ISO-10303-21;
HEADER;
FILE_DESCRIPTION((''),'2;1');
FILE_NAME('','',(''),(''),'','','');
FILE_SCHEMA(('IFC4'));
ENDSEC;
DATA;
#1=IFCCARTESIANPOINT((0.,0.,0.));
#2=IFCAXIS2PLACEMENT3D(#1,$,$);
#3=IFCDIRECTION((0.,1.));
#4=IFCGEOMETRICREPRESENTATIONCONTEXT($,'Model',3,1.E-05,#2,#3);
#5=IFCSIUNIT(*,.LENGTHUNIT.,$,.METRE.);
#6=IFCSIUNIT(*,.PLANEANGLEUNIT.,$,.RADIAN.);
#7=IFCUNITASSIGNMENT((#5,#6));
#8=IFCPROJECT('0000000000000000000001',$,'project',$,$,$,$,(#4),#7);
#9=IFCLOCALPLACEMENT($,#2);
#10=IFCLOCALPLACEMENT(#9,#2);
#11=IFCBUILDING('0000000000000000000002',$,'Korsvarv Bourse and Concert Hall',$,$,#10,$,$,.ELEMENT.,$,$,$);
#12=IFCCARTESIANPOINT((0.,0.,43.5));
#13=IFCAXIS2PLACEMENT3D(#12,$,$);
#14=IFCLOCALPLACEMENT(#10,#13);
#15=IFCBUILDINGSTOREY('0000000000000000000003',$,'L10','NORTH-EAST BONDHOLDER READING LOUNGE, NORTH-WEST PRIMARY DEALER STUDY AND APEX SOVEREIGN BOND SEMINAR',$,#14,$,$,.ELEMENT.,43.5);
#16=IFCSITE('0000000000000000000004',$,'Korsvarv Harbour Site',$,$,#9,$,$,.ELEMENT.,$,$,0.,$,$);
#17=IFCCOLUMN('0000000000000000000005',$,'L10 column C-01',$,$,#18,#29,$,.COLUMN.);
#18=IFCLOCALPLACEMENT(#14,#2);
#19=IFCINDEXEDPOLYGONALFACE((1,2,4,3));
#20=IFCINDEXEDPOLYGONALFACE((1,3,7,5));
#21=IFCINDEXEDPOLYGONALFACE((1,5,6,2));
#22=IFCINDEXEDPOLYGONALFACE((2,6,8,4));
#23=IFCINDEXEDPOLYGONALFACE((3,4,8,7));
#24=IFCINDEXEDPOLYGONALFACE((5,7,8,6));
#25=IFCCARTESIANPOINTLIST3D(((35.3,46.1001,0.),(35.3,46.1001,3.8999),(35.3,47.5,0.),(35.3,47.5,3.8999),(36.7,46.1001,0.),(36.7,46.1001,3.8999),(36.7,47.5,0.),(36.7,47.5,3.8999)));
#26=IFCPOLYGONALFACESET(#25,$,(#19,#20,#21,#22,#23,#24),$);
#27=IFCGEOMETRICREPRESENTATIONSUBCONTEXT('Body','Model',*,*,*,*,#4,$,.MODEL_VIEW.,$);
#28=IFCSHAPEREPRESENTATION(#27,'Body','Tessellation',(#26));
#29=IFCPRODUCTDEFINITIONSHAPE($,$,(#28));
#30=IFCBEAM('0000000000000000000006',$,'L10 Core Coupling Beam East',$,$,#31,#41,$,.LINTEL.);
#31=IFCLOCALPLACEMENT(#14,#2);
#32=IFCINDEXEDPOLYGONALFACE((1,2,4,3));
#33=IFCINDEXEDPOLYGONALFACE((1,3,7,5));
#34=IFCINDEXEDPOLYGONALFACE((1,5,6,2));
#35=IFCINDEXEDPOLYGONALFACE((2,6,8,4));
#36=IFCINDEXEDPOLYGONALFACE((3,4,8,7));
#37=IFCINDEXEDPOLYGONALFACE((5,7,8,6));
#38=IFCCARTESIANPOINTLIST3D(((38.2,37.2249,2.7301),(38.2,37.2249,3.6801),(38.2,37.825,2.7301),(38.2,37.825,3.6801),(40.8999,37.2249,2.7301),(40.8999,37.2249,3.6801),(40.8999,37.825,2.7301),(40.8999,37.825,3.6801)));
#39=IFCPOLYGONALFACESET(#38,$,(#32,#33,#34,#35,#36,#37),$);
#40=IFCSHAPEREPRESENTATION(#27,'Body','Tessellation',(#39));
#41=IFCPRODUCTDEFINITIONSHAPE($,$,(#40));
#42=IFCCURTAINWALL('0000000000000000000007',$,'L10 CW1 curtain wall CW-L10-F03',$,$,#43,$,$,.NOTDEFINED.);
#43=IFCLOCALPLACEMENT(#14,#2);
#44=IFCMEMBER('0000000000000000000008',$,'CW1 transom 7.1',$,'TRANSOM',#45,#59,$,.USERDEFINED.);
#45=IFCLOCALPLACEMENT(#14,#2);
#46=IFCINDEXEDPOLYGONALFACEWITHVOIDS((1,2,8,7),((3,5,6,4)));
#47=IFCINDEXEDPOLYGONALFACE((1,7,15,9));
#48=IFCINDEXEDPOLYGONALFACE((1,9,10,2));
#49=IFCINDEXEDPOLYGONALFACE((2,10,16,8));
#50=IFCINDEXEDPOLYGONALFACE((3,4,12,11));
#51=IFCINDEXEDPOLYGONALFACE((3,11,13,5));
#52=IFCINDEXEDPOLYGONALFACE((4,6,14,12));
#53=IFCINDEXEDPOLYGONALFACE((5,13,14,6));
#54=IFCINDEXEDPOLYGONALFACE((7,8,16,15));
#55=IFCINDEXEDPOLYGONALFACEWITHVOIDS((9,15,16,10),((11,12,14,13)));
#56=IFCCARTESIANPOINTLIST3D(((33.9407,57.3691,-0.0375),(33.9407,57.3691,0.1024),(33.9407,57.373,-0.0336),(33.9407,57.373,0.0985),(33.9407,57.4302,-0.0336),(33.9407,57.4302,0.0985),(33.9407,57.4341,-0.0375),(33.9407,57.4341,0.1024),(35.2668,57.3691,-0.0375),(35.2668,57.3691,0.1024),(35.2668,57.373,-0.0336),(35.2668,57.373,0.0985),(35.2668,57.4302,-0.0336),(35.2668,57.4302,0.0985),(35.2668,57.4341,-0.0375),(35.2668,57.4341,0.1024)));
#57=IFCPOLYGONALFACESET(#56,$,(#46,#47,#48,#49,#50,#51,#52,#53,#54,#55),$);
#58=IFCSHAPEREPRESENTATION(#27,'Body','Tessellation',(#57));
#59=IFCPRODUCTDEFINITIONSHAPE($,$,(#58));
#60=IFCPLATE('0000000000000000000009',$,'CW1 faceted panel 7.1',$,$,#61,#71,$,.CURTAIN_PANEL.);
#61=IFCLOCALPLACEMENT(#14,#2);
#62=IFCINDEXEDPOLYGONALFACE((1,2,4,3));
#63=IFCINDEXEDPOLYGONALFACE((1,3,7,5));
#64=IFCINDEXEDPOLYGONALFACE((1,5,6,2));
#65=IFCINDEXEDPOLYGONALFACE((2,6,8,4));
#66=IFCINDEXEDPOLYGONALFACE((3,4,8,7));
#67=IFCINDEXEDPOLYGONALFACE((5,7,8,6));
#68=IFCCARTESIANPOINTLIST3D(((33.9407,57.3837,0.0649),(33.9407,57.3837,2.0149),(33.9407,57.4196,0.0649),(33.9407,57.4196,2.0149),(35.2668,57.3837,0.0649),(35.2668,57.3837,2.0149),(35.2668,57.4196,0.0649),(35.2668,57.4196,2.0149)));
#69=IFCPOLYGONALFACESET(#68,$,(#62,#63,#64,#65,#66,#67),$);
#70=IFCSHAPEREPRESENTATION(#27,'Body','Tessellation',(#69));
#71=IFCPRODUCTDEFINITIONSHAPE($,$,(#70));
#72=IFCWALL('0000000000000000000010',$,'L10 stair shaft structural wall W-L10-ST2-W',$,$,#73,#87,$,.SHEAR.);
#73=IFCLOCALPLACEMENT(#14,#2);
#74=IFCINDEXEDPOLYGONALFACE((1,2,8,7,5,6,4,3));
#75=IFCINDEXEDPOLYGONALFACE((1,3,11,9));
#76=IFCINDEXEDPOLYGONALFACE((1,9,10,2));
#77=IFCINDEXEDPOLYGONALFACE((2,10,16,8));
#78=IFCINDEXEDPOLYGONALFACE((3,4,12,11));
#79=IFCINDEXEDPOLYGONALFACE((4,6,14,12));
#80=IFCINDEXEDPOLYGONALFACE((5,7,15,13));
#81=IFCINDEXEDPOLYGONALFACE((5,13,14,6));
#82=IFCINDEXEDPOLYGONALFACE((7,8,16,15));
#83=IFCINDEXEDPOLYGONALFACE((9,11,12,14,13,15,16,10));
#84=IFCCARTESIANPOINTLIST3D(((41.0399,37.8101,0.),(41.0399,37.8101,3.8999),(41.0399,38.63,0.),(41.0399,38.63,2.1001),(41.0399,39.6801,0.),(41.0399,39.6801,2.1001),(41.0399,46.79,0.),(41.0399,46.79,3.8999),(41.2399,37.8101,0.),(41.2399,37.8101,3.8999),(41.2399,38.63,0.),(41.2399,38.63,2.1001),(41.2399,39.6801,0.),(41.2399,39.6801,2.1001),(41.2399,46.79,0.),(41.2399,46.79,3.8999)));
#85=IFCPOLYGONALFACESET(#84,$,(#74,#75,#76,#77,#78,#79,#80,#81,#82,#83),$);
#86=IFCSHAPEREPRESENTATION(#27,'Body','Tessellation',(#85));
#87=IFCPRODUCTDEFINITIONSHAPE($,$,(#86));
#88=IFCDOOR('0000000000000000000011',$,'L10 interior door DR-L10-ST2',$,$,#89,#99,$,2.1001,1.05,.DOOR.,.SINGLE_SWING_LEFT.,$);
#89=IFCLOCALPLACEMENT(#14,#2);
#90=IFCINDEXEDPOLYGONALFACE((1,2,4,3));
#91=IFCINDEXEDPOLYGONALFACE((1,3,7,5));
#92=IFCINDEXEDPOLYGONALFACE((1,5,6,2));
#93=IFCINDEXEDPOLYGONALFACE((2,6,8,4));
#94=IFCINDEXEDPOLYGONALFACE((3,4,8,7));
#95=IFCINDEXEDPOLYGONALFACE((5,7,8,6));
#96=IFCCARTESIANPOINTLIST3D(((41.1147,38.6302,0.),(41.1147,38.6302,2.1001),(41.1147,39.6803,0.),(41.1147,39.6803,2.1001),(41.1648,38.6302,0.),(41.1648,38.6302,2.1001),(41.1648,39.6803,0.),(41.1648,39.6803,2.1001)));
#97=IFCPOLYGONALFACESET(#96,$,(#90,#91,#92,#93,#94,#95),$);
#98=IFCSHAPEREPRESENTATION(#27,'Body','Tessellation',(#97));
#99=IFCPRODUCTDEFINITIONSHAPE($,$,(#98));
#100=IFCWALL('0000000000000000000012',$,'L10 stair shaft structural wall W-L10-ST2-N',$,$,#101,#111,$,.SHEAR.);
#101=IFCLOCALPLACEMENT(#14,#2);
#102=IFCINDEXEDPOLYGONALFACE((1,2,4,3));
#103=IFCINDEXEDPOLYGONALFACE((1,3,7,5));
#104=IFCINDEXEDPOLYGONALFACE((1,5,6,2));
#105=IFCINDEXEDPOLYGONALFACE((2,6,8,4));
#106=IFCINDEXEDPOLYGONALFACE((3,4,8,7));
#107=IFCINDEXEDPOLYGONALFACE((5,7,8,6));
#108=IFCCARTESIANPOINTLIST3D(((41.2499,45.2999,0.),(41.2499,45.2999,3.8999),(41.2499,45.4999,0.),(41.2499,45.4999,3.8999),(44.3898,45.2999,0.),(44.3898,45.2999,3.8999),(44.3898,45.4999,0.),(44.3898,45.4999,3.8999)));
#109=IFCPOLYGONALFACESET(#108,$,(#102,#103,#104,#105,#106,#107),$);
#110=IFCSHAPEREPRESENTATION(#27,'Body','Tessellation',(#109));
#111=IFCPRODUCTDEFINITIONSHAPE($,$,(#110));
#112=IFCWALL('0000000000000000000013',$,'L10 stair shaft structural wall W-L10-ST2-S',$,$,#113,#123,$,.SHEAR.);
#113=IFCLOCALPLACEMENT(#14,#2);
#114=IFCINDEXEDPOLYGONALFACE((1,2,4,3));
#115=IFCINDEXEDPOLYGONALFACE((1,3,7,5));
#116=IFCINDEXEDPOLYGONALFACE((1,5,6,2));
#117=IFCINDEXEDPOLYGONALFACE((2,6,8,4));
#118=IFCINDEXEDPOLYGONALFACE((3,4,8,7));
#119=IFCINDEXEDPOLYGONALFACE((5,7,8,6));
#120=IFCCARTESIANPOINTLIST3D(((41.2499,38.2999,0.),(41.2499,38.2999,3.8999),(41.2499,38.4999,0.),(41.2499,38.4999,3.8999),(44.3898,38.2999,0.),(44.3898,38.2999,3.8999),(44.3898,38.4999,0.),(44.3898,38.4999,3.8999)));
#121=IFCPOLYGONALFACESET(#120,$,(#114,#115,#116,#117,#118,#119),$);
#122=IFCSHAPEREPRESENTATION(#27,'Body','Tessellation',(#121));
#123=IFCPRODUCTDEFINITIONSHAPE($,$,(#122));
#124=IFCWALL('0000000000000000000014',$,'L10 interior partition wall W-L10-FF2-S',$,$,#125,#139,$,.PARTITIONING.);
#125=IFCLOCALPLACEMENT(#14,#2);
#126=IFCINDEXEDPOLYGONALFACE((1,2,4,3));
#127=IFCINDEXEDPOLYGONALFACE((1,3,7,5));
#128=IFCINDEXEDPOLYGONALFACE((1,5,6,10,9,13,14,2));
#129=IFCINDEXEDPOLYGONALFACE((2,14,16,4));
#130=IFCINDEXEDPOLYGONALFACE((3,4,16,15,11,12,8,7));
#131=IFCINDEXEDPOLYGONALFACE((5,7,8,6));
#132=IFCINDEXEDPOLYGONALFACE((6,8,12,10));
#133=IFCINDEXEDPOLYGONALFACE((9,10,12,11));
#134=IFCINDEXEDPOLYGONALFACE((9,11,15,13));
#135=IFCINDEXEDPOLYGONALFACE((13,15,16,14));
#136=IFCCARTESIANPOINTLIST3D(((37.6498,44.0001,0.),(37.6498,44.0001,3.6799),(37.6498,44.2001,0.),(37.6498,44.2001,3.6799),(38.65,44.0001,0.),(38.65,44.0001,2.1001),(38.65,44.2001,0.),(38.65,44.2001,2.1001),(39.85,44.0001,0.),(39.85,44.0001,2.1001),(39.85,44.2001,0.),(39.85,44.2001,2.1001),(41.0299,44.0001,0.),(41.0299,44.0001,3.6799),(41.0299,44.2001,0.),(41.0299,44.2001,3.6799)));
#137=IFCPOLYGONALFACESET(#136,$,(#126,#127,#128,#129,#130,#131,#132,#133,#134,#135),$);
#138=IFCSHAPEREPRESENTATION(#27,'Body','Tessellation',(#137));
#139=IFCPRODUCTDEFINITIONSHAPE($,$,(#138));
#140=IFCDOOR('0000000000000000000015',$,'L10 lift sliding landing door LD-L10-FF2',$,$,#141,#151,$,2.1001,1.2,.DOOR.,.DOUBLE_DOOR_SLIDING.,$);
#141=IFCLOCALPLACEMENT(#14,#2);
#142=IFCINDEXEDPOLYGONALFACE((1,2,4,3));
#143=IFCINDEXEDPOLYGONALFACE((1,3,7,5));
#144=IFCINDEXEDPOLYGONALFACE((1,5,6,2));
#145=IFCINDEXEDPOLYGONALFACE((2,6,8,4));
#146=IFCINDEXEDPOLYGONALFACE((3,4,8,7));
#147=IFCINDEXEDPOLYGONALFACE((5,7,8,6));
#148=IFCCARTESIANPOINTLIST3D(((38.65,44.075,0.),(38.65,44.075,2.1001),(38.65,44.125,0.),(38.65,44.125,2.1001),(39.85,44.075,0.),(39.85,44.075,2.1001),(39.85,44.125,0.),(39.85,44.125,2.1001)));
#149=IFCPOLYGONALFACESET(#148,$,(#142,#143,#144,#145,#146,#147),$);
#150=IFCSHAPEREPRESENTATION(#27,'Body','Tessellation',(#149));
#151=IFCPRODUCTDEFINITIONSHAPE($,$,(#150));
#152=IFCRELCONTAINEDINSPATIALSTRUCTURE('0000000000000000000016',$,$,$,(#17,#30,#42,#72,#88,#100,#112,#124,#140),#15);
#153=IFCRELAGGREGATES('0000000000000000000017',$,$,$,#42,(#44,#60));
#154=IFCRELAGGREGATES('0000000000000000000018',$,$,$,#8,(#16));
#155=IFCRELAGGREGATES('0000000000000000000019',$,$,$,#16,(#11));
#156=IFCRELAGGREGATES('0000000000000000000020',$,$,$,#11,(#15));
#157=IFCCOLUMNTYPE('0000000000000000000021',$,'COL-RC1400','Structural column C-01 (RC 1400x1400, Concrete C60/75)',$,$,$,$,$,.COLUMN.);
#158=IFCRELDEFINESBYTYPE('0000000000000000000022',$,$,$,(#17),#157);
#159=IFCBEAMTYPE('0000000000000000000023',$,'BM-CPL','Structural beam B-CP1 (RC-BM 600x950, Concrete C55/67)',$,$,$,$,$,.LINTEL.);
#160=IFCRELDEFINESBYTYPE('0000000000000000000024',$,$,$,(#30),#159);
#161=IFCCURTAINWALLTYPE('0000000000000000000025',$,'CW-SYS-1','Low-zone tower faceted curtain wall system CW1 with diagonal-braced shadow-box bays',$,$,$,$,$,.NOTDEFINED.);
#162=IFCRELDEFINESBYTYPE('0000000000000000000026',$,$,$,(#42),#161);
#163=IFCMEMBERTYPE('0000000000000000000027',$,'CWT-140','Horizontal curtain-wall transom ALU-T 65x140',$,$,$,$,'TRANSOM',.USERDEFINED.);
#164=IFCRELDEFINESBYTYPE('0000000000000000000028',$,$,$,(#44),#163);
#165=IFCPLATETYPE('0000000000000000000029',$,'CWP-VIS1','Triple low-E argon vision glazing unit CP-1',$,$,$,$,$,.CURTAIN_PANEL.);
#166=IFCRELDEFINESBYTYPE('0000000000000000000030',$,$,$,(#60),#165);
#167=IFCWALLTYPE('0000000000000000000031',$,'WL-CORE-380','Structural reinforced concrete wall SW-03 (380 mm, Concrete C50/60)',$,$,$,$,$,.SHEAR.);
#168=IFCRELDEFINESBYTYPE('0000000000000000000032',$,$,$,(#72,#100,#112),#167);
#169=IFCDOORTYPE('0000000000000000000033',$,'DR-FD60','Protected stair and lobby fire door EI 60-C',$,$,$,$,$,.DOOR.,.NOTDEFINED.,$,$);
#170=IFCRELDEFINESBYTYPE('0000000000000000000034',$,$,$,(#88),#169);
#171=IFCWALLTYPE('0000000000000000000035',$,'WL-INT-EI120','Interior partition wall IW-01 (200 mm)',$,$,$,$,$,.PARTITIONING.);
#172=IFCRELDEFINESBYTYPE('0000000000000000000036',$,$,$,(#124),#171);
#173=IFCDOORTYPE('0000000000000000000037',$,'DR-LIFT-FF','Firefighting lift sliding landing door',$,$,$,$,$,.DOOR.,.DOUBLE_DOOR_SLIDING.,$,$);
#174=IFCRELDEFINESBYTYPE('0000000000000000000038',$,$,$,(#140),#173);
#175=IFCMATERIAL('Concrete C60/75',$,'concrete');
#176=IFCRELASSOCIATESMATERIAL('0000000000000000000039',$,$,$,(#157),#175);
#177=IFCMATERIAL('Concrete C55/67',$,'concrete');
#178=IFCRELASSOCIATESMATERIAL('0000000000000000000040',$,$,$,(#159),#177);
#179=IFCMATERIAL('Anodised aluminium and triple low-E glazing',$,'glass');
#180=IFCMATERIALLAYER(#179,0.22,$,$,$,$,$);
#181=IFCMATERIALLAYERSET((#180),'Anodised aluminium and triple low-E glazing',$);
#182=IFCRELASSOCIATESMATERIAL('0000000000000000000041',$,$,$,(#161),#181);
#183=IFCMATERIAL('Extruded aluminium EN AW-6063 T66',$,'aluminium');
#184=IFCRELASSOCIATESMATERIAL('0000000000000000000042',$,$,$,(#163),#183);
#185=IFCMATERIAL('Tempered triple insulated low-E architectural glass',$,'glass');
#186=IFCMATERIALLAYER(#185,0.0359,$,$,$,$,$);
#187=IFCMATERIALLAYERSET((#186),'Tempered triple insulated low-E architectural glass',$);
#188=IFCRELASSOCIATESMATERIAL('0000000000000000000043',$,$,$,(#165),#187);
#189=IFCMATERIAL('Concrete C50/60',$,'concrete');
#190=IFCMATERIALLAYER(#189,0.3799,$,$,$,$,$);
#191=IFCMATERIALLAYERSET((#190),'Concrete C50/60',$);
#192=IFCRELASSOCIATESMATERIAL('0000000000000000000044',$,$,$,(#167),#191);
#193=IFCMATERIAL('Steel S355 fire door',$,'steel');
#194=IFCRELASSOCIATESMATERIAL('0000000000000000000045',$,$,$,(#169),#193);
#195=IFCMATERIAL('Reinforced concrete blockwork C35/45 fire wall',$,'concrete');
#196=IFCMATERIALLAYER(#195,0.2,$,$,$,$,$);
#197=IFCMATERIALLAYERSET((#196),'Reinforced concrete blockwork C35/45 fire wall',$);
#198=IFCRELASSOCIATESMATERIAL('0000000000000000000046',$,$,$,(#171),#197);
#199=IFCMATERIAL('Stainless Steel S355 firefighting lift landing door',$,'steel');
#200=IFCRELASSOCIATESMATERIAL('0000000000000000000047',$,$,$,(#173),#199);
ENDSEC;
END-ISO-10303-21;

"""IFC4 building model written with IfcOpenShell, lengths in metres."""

from ifc_helpers import new_model, si_unit, direction, frame, frame_2d, origin, origin_2d, place, context, subcontext, project, spatial, rectangle, hollow_rectangle, extrude, source, transform, mapped, material, layer, layer_set, material_profile, profile_set, type_object, element, fill, aggregate, save


model = new_model("IFC4")

# Units and contexts
model_context = context("Model", 3, precision=1e-05, world=origin(), true_north=direction((0.0, 1.0)))
body_context = subcontext(model_context, "Body", "Model", "MODEL_VIEW")
ifc_project = project(units=[si_unit("LENGTHUNIT", "METRE"), si_unit("PLANEANGLEUNIT", "RADIAN")], contexts=[model_context])

# Site, building, storey
site_placement = place(None, origin())
site = spatial("IfcSite", under=ifc_project, at=site_placement, Name="Korsvarv Harbour Site", CompositionType="ELEMENT", RefElevation=0.0)
building_placement = place(site_placement, origin())
building = spatial("IfcBuilding", under=site, at=building_placement, Name="Korsvarv Bourse and Concert Hall", CompositionType="ELEMENT")
storey_placement = place(building_placement, frame((0.0, 0.0, 43.5)))
storey = spatial("IfcBuildingStorey", under=building, at=storey_placement, Name="L10", Description="NORTH-EAST BONDHOLDER READING LOUNGE, NORTH-WEST PRIMARY DEALER STUDY AND APEX SOVEREIGN BOND SEMINAR", CompositionType="ELEMENT", Elevation=43.5)

# Column
ifc_material_1 = material(Name="Concrete C60/75", Category="concrete")
ifc_material_profile_1 = material_profile(ifc_material_1, rectangle(XDim=1.3999, YDim=1.3999, at=origin_2d()), Name="RC 1400x1400")
ifc_profile_set_1 = profile_set([ifc_material_profile_1], Name="Concrete C60/75")
column_type = type_object("IfcColumnType", Name="COL-RC1400", Description="Structural column C-01 (RC 1400x1400, Concrete C60/75)", PredefinedType="COLUMN", material=ifc_profile_set_1)
shared_shape_1 = source(origin(), body_context, "Body", "SweptSolid", [
    extrude(rectangle(XDim=1.3999, YDim=1.3999, at=origin_2d()), origin(), (0.0, 0.0, 1.0), 3.8999),
])
column_placement = place(storey_placement, frame((36.0, 46.8, 0.0), z_axis=(0.0, 0.0, 1.0), x_axis=(1.0, 0.0, 0.0)))
element("IfcColumn", 1, at=column_placement, inside=storey, type_object=column_type, Name="L10 column C-01", PredefinedType="COLUMN", context=body_context, shape_type="MappedRepresentation", body=[
    mapped(shared_shape_1, transform((0.0, 0.0, 0.0), scale=1.0)),
])

# Beam
ifc_material_2 = material(Name="Concrete C55/67", Category="concrete")
ifc_material_profile_2 = material_profile(ifc_material_2, rectangle(XDim=0.6001, YDim=0.95, at=origin_2d()), Name="RC-BM 600x950")
ifc_profile_set_2 = profile_set([ifc_material_profile_2], Name="Concrete C55/67")
beam_type = type_object("IfcBeamType", Name="BM-CPL", Description="Structural beam B-CP1 (RC-BM 600x950, Concrete C55/67)", PredefinedType="LINTEL", material=ifc_profile_set_2)
shared_shape_2 = source(origin(), body_context, "Body", "SweptSolid", [
    extrude(rectangle(XDim=0.6001, YDim=0.95, at=origin_2d()), origin(), (0.0, 0.0, 1.0), 2.7),
])
beam_placement = place(storey_placement, frame((38.2, 37.5249, 3.2051), z_axis=(1.0, 0.0, 0.0), x_axis=(0.0, 1.0, 0.0)))
element("IfcBeam", 2, at=beam_placement, inside=storey, type_object=beam_type, Name="L10 Core Coupling Beam East", PredefinedType="LINTEL", context=body_context, shape_type="MappedRepresentation", body=[
    mapped(shared_shape_2, transform((0.0, 0.0, 0.0), scale=1.0)),
])

# Curtain wall, member, plate
ifc_material_3 = material(Name="Anodised aluminium and triple low-E glazing", Category="glass")
ifc_layer_1 = layer(ifc_material_3, 0.22)
ifc_layer_set_1 = layer_set([ifc_layer_1], Name="Anodised aluminium and triple low-E glazing")
curtain_wall_type = type_object("IfcCurtainWallType", Name="CW-SYS-1", Description="Low-zone tower faceted curtain wall system CW1 with diagonal-braced shadow-box bays", PredefinedType="NOTDEFINED", material=ifc_layer_set_1)
curtain_wall_placement = place(storey_placement, origin())
curtain_wall = element("IfcCurtainWall", 3, at=curtain_wall_placement, inside=storey, type_object=curtain_wall_type, Name="L10 CW1 curtain wall CW-L10-F03", PredefinedType="NOTDEFINED")
ifc_material_4 = material(Name="Extruded aluminium EN AW-6063 T66", Category="aluminium")
ifc_material_profile_3 = material_profile(ifc_material_4, hollow_rectangle(XDim=0.0649, YDim=0.1399, WallThickness=0.0039, at=origin_2d()), Name="ALU-T 65x140")
ifc_profile_set_3 = profile_set([ifc_material_profile_3], Name="Extruded aluminium EN AW-6063 T66")
member_type = type_object("IfcMemberType", Name="CWT-140", Description="Horizontal curtain-wall transom ALU-T 65x140", ElementType="TRANSOM", PredefinedType="USERDEFINED", material=ifc_profile_set_3)
shared_shape_3 = source(origin(), body_context, "Body", "SweptSolid", [
    extrude(hollow_rectangle(XDim=0.0649, YDim=0.1399, WallThickness=0.0039, at=origin_2d()), origin(), (0.0, 0.0, 1.0), 1.3262),
])
member_placement = place(storey_placement, frame((35.2668, 57.4016, 0.0325), z_axis=(-1.0, 0.0, 0.0), x_axis=(0.0, -1.0, 0.0)))
member = element("IfcMember", 4, at=member_placement, type_object=member_type, Name="CW1 transom 7.1", ObjectType="TRANSOM", PredefinedType="USERDEFINED", context=body_context, shape_type="MappedRepresentation", body=[
    mapped(shared_shape_3, transform((0.0, 0.0, 0.0), scale=1.0)),
])
ifc_material_5 = material(Name="Tempered triple insulated low-E architectural glass", Category="glass")
ifc_layer_2 = layer(ifc_material_5, 0.0359)
ifc_layer_set_2 = layer_set([ifc_layer_2], Name="Tempered triple insulated low-E architectural glass")
plate_type = type_object("IfcPlateType", Name="CWP-VIS1", Description="Triple low-E argon vision glazing unit CP-1", PredefinedType="CURTAIN_PANEL", material=ifc_layer_set_2)
shared_shape_4 = source(origin(), body_context, "Body", "SweptSolid", [
    extrude(rectangle(XDim=1.3262, YDim=0.0359, at=origin_2d()), origin(), (0.0, 0.0, 1.0), 1.95),
])
plate_placement = place(storey_placement, frame((34.6038, 57.4016, 0.0649), z_axis=(0.0, 0.0, 1.0), x_axis=(-1.0, 0.0, 0.0)))
plate = element("IfcPlate", 5, at=plate_placement, type_object=plate_type, Name="CW1 faceted panel 7.1", PredefinedType="CURTAIN_PANEL", context=body_context, shape_type="MappedRepresentation", body=[
    mapped(shared_shape_4, transform((0.0, 0.0, 0.0), scale=1.0)),
])
aggregate(curtain_wall, [member, plate])

# Wall, opening, door
ifc_material_6 = material(Name="Concrete C50/60", Category="concrete")
ifc_layer_3 = layer(ifc_material_6, 0.3799)
ifc_layer_set_3 = layer_set([ifc_layer_3], Name="Concrete C50/60")
wall_type_1 = type_object("IfcWallType", Name="WL-CORE-380", Description="Structural reinforced concrete wall SW-03 (380 mm, Concrete C50/60)", PredefinedType="SHEAR", material=ifc_layer_set_3)
wall_1_placement = place(storey_placement, frame((41.1399, 37.8101, 0.0), z_axis=(0.0, 0.0, 1.0), x_axis=(0.0, 1.0, 0.0)))
wall_1 = element("IfcWall", 6, at=wall_1_placement, inside=storey, type_object=wall_type_1, Name="L10 stair shaft structural wall W-L10-ST2-W", PredefinedType="SHEAR", context=body_context, shape_type="SweptSolid", body=[
    extrude(rectangle(XDim=8.98, YDim=0.2, at=frame_2d((4.49, 0.0))), origin(), (0.0, 0.0, 1.0), 3.8999),
])
opening_1_placement = place(wall_1_placement, frame((0.8201, 0.0, 0.0)))
opening_1 = element("IfcOpeningElement", 7, at=opening_1_placement, cuts=wall_1, PredefinedType="OPENING", context=body_context, shape_type="SweptSolid", body=[
    extrude(rectangle(XDim=1.05, YDim=2.1001, at=frame_2d((0.5249, 1.05))), frame((0.0, 0.1099, 0.0), z_axis=(0.0, -1.0, 0.0), x_axis=(1.0, 0.0, 0.0)), (0.0, 0.0, 1.0), 0.22),
])
ifc_material_7 = material(Name="Steel S355 fire door", Category="steel")
door_type_1 = type_object("IfcDoorType", Name="DR-FD60", Description="Protected stair and lobby fire door EI 60-C", OperationType="NOTDEFINED", PredefinedType="DOOR", material=ifc_material_7)
door_1_placement = place(opening_1_placement, frame((1.05, 0.0, 0.0), z_axis=(0.0, 0.0, 1.0), x_axis=(-1.0, 0.0, 0.0)))
door_1 = element("IfcDoor", 8, at=door_1_placement, inside=storey, type_object=door_type_1, Name="L10 interior door DR-L10-ST2", OperationType="SINGLE_SWING_LEFT", OverallHeight=2.1001, OverallWidth=1.05, PredefinedType="DOOR", context=body_context, shape_type="SweptSolid", body=[
    extrude(rectangle(XDim=1.05, YDim=2.1001, at=frame_2d((0.5249, 1.05))), frame((0.0, 0.0249, 0.0), z_axis=(0.0, -1.0, 0.0), x_axis=(1.0, 0.0, 0.0)), (0.0, 0.0, 1.0), 0.05),
])
fill(opening_1, door_1)

# Walls
for number, where, z_axis, x_axis, name in (
    (9, (41.25, 45.3999, 0.0), (0.0, 0.0, 1.0), (1.0, 0.0, 0.0), "L10 stair shaft structural wall W-L10-ST2-N"),
    (10, (41.25, 38.3999, 0.0), (0.0, 0.0, 1.0), (1.0, 0.0, 0.0), "L10 stair shaft structural wall W-L10-ST2-S"),
):
    element("IfcWall", number, at=place(storey_placement, frame(where, z_axis=z_axis, x_axis=x_axis)), inside=storey, type_object=wall_type_1, Name=name, PredefinedType="SHEAR", context=body_context, shape_type="SweptSolid", body=[
        extrude(rectangle(XDim=3.1399, YDim=0.2, at=frame_2d((1.5698, 0.0))), origin(), (0.0, 0.0, 1.0), 3.8999),
    ])

# Wall, opening, door
ifc_material_8 = material(Name="Reinforced concrete blockwork C35/45 fire wall", Category="concrete")
ifc_layer_4 = layer(ifc_material_8, 0.2)
ifc_layer_set_4 = layer_set([ifc_layer_4], Name="Reinforced concrete blockwork C35/45 fire wall")
wall_type_2 = type_object("IfcWallType", Name="WL-INT-EI120", Description="Interior partition wall IW-01 (200 mm)", PredefinedType="PARTITIONING", material=ifc_layer_set_4)
wall_2_placement = place(storey_placement, frame((37.6499, 44.1001, 0.0), z_axis=(0.0, 0.0, 1.0), x_axis=(1.0, 0.0, 0.0)))
wall_2 = element("IfcWall", 11, at=wall_2_placement, inside=storey, type_object=wall_type_2, Name="L10 interior partition wall W-L10-FF2-S", PredefinedType="PARTITIONING", context=body_context, shape_type="SweptSolid", body=[
    extrude(rectangle(XDim=3.3801, YDim=0.2, at=frame_2d((1.6899, 0.0))), origin(), (0.0, 0.0, 1.0), 3.6799),
])
opening_2_placement = place(wall_2_placement, frame((1.0, 0.0, 0.0)))
opening_2 = element("IfcOpeningElement", 12, at=opening_2_placement, cuts=wall_2, PredefinedType="OPENING", context=body_context, shape_type="SweptSolid", body=[
    extrude(rectangle(XDim=1.2, YDim=2.1001, at=frame_2d((0.6001, 1.05))), frame((0.0, 0.1099, 0.0), z_axis=(0.0, -1.0, 0.0), x_axis=(1.0, 0.0, 0.0)), (0.0, 0.0, 1.0), 0.22),
])
ifc_material_9 = material(Name="Stainless Steel S355 firefighting lift landing door", Category="steel")
door_type_2 = type_object("IfcDoorType", Name="DR-LIFT-FF", Description="Firefighting lift sliding landing door", OperationType="DOUBLE_DOOR_SLIDING", PredefinedType="DOOR", material=ifc_material_9)
door_2_placement = place(opening_2_placement, origin())
door_2 = element("IfcDoor", 13, at=door_2_placement, inside=storey, type_object=door_type_2, Name="L10 lift sliding landing door LD-L10-FF2", OperationType="DOUBLE_DOOR_SLIDING", OverallHeight=2.1001, OverallWidth=1.2, PredefinedType="DOOR", context=body_context, shape_type="SweptSolid", body=[
    extrude(rectangle(XDim=1.2, YDim=2.1001, at=frame_2d((0.6001, 1.05))), frame((0.0, 0.0249, 0.0), z_axis=(0.0, -1.0, 0.0), x_axis=(1.0, 0.0, 0.0)), (0.0, 0.0, 1.0), 0.05),
])
fill(opening_2, door_2)

save(model, "model.ifc")
